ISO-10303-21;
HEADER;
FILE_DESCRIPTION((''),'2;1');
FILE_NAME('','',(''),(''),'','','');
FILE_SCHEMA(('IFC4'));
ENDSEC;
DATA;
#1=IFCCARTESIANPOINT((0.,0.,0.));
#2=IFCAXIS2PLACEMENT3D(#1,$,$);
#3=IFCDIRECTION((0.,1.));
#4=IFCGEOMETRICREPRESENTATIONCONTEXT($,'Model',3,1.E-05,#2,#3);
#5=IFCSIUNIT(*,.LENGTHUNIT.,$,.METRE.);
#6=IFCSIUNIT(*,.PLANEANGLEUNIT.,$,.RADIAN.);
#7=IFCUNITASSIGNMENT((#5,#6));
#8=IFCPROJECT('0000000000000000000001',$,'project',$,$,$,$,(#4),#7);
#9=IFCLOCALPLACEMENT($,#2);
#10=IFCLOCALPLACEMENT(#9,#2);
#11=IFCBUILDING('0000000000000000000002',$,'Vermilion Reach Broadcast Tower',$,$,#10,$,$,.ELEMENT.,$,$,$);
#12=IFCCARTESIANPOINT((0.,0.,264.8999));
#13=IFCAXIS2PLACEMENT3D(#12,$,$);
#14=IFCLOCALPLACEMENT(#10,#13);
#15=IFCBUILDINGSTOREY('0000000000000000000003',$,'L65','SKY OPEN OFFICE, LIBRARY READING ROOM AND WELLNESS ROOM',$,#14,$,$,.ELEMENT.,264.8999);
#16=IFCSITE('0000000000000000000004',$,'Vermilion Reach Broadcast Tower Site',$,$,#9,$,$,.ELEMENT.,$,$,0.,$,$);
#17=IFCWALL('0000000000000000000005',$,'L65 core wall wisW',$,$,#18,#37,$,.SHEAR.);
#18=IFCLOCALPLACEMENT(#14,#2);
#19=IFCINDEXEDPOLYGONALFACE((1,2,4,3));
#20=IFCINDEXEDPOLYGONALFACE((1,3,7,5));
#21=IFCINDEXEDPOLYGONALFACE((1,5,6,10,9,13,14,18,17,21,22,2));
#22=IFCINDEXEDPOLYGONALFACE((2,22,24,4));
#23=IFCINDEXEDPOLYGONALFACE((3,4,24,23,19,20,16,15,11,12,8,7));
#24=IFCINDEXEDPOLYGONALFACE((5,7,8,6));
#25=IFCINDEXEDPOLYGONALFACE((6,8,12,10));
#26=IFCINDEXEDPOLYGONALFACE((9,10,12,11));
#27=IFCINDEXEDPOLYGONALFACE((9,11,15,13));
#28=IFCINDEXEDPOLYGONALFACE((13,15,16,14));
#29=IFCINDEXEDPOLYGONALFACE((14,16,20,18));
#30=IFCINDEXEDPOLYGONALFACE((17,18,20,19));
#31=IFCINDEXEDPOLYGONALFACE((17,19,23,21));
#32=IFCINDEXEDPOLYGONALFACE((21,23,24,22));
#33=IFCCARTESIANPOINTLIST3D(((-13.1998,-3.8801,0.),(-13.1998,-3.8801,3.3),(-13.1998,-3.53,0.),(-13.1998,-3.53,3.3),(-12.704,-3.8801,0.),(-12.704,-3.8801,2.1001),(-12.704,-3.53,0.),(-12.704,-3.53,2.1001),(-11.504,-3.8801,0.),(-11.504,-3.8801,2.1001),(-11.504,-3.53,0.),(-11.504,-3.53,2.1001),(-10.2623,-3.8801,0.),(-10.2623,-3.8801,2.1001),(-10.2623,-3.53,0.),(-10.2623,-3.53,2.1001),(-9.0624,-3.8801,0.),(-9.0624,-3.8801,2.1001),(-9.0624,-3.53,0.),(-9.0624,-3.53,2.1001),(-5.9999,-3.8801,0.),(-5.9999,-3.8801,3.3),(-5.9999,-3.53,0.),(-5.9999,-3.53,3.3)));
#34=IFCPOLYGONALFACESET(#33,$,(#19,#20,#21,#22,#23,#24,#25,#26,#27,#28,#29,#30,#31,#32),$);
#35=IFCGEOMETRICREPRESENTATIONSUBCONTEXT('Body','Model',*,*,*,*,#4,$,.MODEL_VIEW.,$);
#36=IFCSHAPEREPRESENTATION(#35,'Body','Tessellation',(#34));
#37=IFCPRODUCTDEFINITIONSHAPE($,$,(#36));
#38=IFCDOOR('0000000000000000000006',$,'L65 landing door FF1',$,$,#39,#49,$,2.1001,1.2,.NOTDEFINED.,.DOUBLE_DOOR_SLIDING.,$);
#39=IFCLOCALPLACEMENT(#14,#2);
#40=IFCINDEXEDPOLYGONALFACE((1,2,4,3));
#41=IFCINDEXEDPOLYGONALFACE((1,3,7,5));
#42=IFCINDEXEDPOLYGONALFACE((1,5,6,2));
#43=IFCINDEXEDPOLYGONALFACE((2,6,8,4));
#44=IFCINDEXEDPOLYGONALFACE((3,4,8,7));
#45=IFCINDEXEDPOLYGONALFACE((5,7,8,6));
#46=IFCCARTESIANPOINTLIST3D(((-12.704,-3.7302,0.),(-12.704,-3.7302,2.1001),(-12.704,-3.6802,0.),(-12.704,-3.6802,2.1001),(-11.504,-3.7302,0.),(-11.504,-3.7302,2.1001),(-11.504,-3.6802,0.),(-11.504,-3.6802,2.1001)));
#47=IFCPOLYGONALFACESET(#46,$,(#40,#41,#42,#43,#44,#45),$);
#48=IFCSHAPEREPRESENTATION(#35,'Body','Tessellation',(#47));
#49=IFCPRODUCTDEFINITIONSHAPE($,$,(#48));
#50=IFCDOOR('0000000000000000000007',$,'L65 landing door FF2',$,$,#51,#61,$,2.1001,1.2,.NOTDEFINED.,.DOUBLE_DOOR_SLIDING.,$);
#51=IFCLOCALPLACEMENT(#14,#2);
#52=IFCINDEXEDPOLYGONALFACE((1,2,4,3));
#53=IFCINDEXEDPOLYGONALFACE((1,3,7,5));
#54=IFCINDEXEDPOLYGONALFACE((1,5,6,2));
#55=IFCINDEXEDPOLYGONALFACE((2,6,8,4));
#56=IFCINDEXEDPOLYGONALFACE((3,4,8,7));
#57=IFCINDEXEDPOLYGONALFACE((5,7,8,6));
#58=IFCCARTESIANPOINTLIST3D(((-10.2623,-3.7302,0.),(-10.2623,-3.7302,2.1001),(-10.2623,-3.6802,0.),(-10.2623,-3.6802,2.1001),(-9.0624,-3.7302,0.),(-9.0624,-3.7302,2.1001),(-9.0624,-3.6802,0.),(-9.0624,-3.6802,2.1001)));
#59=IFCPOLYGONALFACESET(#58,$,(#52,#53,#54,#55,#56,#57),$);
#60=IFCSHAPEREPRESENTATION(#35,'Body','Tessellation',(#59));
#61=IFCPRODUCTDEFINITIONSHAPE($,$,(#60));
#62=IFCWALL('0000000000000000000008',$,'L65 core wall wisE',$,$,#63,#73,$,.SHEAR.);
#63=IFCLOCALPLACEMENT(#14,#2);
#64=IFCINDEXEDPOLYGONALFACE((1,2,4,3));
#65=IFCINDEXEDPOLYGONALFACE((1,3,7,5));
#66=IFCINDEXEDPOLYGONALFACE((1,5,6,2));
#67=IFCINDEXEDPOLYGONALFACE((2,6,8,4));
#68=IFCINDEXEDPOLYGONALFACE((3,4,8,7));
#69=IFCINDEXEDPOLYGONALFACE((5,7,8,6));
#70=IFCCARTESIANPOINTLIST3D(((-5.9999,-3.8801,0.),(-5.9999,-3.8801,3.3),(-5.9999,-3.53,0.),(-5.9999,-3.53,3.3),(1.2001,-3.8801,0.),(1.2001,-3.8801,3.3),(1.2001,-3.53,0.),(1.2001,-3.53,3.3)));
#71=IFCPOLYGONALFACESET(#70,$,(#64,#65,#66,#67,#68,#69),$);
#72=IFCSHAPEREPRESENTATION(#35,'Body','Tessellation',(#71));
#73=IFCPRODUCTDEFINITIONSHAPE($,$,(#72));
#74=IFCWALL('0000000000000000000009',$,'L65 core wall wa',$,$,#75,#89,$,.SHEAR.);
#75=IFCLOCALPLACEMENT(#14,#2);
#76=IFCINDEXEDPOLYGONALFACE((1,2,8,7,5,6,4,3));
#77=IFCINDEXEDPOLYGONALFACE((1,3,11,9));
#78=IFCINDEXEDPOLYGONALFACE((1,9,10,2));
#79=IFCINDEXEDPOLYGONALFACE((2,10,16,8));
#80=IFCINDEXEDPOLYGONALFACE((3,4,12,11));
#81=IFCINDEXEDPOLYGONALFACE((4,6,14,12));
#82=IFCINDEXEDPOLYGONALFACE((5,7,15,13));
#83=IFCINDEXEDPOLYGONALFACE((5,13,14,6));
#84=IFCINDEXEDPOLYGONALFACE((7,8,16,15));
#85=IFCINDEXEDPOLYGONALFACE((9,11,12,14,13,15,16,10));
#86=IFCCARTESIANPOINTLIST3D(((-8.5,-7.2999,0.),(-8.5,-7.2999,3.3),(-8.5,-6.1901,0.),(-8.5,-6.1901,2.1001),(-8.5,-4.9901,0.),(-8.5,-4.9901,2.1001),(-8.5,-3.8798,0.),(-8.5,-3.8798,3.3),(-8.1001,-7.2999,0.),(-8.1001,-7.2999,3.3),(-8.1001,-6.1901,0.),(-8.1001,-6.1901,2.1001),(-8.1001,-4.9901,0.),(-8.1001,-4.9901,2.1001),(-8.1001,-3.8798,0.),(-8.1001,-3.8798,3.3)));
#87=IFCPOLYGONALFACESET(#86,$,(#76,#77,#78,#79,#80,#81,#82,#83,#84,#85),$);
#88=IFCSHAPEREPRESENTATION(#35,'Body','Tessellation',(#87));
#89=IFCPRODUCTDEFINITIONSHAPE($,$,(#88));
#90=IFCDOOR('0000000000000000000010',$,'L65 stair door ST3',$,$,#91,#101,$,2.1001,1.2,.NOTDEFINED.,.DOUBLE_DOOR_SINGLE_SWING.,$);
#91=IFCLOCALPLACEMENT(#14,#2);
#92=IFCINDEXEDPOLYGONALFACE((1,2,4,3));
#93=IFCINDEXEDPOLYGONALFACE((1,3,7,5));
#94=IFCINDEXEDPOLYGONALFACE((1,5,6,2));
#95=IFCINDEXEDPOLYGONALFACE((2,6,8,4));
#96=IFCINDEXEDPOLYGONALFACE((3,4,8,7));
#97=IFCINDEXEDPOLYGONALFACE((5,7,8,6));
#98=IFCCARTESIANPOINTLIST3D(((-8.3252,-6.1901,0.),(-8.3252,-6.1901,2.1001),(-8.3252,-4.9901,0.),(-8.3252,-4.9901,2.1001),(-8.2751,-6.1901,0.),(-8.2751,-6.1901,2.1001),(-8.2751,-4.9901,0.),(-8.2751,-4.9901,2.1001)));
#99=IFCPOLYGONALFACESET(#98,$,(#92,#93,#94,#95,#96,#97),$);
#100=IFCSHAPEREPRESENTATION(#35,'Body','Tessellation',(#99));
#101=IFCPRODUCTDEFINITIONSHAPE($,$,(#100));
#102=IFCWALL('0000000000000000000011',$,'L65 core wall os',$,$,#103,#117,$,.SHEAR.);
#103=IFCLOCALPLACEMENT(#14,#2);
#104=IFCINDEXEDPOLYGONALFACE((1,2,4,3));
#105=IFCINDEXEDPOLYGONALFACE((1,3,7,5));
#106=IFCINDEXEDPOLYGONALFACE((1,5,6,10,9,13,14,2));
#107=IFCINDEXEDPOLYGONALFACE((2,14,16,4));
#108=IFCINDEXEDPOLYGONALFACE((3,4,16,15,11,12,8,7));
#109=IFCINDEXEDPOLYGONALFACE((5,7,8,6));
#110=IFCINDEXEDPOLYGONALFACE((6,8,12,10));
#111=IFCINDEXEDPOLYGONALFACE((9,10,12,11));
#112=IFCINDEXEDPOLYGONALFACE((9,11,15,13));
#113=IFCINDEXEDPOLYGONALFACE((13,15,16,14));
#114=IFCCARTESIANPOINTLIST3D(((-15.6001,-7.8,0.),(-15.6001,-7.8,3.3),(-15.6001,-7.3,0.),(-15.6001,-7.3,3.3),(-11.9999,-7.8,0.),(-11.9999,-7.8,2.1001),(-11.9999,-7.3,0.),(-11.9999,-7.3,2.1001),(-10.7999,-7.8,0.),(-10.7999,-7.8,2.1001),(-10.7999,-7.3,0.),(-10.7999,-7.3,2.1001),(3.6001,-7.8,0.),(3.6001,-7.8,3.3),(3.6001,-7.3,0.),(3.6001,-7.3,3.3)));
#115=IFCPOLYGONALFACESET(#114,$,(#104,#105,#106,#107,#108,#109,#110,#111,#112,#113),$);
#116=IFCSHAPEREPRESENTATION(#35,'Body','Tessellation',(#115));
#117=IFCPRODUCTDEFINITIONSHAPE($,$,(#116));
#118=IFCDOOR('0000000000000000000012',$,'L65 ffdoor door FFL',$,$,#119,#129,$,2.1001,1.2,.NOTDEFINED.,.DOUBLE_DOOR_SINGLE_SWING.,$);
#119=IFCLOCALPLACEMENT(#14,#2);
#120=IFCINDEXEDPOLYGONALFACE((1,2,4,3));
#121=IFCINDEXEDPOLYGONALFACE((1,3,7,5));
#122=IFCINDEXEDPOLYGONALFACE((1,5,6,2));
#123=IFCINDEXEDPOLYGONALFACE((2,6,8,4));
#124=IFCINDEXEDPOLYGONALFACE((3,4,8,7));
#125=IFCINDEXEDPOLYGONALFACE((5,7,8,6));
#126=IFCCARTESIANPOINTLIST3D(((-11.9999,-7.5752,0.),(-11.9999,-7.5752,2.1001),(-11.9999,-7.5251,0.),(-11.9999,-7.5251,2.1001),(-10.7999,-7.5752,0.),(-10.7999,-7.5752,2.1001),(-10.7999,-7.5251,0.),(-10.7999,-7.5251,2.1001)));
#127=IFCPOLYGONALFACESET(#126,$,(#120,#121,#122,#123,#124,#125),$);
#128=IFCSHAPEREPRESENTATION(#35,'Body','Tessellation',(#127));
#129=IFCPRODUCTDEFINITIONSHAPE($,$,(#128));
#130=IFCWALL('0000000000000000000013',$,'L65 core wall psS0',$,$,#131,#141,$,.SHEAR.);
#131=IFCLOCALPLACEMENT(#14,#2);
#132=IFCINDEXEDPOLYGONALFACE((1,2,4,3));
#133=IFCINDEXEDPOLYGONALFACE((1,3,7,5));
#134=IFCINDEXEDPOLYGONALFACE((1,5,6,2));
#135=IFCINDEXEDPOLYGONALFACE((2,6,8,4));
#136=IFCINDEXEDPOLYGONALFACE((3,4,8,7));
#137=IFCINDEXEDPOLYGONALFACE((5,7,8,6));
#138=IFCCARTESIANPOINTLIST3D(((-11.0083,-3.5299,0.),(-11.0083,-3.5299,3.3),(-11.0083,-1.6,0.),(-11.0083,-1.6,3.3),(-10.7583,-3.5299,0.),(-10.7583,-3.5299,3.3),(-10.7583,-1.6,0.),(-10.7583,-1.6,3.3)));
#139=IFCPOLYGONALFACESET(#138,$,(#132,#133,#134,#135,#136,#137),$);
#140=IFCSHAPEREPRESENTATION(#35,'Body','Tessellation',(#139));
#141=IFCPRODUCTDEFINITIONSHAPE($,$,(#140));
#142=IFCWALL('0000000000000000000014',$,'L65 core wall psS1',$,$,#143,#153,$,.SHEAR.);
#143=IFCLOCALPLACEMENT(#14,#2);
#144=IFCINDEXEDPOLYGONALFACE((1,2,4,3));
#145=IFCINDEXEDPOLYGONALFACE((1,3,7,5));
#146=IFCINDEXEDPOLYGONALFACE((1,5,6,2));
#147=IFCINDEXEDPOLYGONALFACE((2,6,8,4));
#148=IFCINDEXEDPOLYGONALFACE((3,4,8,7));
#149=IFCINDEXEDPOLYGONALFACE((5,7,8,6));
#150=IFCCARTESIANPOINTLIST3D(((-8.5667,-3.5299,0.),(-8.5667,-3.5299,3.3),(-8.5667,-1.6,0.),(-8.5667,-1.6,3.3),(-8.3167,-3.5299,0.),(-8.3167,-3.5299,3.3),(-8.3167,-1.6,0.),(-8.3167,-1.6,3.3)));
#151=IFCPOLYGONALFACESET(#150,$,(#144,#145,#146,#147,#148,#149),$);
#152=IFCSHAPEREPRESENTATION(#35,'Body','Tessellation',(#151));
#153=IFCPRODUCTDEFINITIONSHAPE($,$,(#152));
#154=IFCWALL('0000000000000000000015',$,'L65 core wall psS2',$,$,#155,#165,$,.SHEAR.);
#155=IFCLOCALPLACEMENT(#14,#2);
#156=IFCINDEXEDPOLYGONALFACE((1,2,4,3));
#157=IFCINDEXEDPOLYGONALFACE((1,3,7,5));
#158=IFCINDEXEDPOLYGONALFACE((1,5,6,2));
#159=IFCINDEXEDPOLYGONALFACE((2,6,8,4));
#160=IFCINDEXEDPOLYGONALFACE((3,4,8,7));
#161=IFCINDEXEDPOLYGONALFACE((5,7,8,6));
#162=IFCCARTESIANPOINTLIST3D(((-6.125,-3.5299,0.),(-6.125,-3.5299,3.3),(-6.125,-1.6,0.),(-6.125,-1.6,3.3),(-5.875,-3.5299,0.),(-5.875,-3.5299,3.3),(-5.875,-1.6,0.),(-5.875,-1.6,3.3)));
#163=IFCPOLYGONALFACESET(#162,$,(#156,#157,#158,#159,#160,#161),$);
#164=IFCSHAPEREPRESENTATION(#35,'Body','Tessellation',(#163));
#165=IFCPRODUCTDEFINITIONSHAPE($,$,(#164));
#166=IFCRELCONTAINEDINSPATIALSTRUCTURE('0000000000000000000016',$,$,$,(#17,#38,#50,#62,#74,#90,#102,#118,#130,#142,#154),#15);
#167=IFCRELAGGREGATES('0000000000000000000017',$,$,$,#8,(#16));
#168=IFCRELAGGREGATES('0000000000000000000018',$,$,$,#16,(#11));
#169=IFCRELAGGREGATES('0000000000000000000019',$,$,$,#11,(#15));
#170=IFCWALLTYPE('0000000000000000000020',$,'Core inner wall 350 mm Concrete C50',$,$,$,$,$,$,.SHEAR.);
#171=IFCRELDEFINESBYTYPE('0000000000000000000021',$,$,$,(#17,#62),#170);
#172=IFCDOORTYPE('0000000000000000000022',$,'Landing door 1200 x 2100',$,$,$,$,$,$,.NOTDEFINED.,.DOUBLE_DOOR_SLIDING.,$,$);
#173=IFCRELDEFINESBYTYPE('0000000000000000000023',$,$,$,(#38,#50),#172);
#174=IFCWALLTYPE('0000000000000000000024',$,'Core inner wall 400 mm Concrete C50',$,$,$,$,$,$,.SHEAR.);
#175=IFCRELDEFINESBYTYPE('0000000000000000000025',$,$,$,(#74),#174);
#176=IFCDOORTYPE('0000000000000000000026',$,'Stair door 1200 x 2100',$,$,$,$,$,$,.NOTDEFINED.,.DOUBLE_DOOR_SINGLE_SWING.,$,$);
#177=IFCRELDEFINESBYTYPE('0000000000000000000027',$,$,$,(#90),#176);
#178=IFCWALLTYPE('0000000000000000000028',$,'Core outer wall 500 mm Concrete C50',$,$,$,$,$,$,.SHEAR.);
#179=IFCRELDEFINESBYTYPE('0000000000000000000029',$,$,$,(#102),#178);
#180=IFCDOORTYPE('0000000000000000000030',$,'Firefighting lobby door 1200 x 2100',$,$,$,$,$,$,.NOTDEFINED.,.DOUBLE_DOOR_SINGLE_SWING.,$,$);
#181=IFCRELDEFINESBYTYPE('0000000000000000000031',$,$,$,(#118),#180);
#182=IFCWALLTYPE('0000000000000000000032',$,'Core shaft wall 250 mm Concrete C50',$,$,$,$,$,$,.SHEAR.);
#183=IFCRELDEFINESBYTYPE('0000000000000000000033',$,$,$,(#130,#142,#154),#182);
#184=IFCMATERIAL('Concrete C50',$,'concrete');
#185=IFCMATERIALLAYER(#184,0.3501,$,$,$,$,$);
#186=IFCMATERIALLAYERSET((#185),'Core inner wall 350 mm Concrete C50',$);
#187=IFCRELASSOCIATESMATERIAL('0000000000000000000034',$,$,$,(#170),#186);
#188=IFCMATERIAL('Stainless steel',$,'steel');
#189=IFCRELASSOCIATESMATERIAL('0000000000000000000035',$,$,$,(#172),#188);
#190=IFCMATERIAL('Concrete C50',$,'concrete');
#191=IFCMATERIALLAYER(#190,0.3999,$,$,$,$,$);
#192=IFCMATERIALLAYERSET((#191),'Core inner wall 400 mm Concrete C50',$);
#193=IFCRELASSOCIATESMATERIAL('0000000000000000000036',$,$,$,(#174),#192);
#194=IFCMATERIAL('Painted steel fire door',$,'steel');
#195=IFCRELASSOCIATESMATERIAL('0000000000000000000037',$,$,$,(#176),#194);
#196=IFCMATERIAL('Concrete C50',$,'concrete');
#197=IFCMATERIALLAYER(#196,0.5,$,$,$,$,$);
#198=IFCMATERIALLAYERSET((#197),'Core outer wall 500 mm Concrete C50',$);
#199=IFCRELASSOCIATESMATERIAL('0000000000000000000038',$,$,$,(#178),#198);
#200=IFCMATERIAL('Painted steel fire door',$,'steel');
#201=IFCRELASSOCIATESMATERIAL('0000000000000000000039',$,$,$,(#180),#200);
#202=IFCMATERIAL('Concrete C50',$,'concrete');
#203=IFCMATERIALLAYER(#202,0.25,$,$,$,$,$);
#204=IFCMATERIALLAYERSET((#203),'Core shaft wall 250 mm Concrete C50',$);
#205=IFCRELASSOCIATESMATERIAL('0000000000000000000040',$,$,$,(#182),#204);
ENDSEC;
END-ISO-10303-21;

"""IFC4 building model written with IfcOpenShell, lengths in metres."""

from ifc_helpers import new_model, si_unit, direction, frame, frame_2d, origin, place, context, subcontext, project, spatial, rectangle, extrude, material, layer, layer_set, type_object, element, fill, save


model = new_model("IFC4")

# Units and contexts
model_context = context("Model", 3, precision=1e-05, world=origin(), true_north=direction((0.0, 1.0)))
body_context = subcontext(model_context, "Body", "Model", "MODEL_VIEW")
ifc_project = project(units=[si_unit("LENGTHUNIT", "METRE"), si_unit("PLANEANGLEUNIT", "RADIAN")], contexts=[model_context])

# Site, building, storey
site_placement = place(None, origin())
site = spatial("IfcSite", under=ifc_project, at=site_placement, Name="Vermilion Reach Broadcast Tower Site", CompositionType="ELEMENT", RefElevation=0.0)
building_placement = place(site_placement, origin())
building = spatial("IfcBuilding", under=site, at=building_placement, Name="Vermilion Reach Broadcast Tower", CompositionType="ELEMENT")
storey_placement = place(building_placement, frame((0.0, 0.0, 264.8999)))
storey = spatial("IfcBuildingStorey", under=building, at=storey_placement, Name="L65", Description="SKY OPEN OFFICE, LIBRARY READING ROOM AND WELLNESS ROOM", CompositionType="ELEMENT", Elevation=264.8999)

# Wall, openings, doors
ifc_material_1 = material(Name="Concrete C50", Category="concrete")
ifc_layer_1 = layer(ifc_material_1, 0.3501)
ifc_layer_set_1 = layer_set([ifc_layer_1], Name="Core inner wall 350 mm Concrete C50")
wall_type_1 = type_object("IfcWallType", Name="Core inner wall 350 mm Concrete C50", PredefinedType="SHEAR", material=ifc_layer_set_1)
wall_1_placement = place(storey_placement, frame((-13.2, -3.7051, 0.0), z_axis=(0.0, 0.0, 1.0), x_axis=(1.0, 0.0, 0.0)))
wall_1 = element("IfcWall", 1, at=wall_1_placement, inside=storey, type_object=wall_type_1, Name="L65 core wall wisW", PredefinedType="SHEAR", context=body_context, shape_type="SweptSolid", body=[
    extrude(rectangle(XDim=7.2, YDim=0.3501, at=frame_2d((3.6001, 0.0))), origin(), (0.0, 0.0, 1.0), 3.3),
])
opening_1_placement = place(wall_1_placement, frame((0.4958, 0.0, 0.0)))
opening_1 = element("IfcOpeningElement", 2, at=opening_1_placement, cuts=wall_1, PredefinedType="OPENING", context=body_context, shape_type="SweptSolid", body=[
    extrude(rectangle(XDim=1.2, YDim=2.1001, at=frame_2d((0.6001, 1.05))), frame((0.0, 0.1851, 0.0), z_axis=(0.0, -1.0, 0.0), x_axis=(1.0, 0.0, 0.0)), (0.0, 0.0, 1.0), 0.3701),
])
opening_2_placement = place(wall_1_placement, frame((2.9375, 0.0, 0.0)))
opening_2 = element("IfcOpeningElement", 3, at=opening_2_placement, cuts=wall_1, PredefinedType="OPENING", context=body_context, shape_type="SweptSolid", body=[
    extrude(rectangle(XDim=1.2, YDim=2.1001, at=frame_2d((0.6001, 1.05))), frame((0.0, 0.1851, 0.0), z_axis=(0.0, -1.0, 0.0), x_axis=(1.0, 0.0, 0.0)), (0.0, 0.0, 1.0), 0.3701),
])
ifc_material_2 = material(Name="Stainless steel", Category="steel")
door_type_1 = type_object("IfcDoorType", Name="Landing door 1200 x 2100", OperationType="DOUBLE_DOOR_SLIDING", PredefinedType="NOTDEFINED", material=ifc_material_2)
door_1_placement = place(opening_1_placement, origin())
door_1 = element("IfcDoor", 4, at=door_1_placement, inside=storey, type_object=door_type_1, Name="L65 landing door FF1", OperationType="DOUBLE_DOOR_SLIDING", OverallHeight=2.1001, OverallWidth=1.2, PredefinedType="NOTDEFINED", context=body_context, shape_type="SweptSolid", body=[
    extrude(rectangle(XDim=1.2, YDim=2.1001, at=frame_2d((0.6001, 1.05))), frame((0.0, 0.0249, 0.0), z_axis=(0.0, -1.0, 0.0), x_axis=(1.0, 0.0, 0.0)), (0.0, 0.0, 1.0), 0.05),
])
fill(opening_1, door_1)
door_2_placement = place(opening_2_placement, origin())
door_2 = element("IfcDoor", 5, at=door_2_placement, inside=storey, type_object=door_type_1, Name="L65 landing door FF2", OperationType="DOUBLE_DOOR_SLIDING", OverallHeight=2.1001, OverallWidth=1.2, PredefinedType="NOTDEFINED", context=body_context, shape_type="SweptSolid", body=[
    extrude(rectangle(XDim=1.2, YDim=2.1001, at=frame_2d((0.6001, 1.05))), frame((0.0, 0.0249, 0.0), z_axis=(0.0, -1.0, 0.0), x_axis=(1.0, 0.0, 0.0)), (0.0, 0.0, 1.0), 0.05),
])
fill(opening_2, door_2)

# Wall
wall_2_placement = place(storey_placement, frame((-6.0, -3.7051, 0.0), z_axis=(0.0, 0.0, 1.0), x_axis=(1.0, 0.0, 0.0)))
element("IfcWall", 6, at=wall_2_placement, inside=storey, type_object=wall_type_1, Name="L65 core wall wisE", PredefinedType="SHEAR", context=body_context, shape_type="SweptSolid", body=[
    extrude(rectangle(XDim=7.2, YDim=0.3501, at=frame_2d((3.6001, 0.0))), origin(), (0.0, 0.0, 1.0), 3.3),
])

# Walls, openings, doors
ifc_material_3 = material(Name="Concrete C50", Category="concrete")
ifc_layer_2 = layer(ifc_material_3, 0.3999)
ifc_layer_set_2 = layer_set([ifc_layer_2], Name="Core inner wall 400 mm Concrete C50")
wall_type_2 = type_object("IfcWallType", Name="Core inner wall 400 mm Concrete C50", PredefinedType="SHEAR", material=ifc_layer_set_2)
wall_3_placement = place(storey_placement, frame((-8.3, -3.8799, 0.0), z_axis=(0.0, 0.0, 1.0), x_axis=(0.0, -1.0, 0.0)))
wall_3 = element("IfcWall", 7, at=wall_3_placement, inside=storey, type_object=wall_type_2, Name="L65 core wall wa", PredefinedType="SHEAR", context=body_context, shape_type="SweptSolid", body=[
    extrude(rectangle(XDim=3.4202, YDim=0.3999, at=frame_2d((1.71, 0.0))), origin(), (0.0, 0.0, 1.0), 3.3),
])
opening_3_placement = place(wall_3_placement, frame((1.1101, 0.0, 0.0)))
opening_3 = element("IfcOpeningElement", 8, at=opening_3_placement, cuts=wall_3, PredefinedType="OPENING", context=body_context, shape_type="SweptSolid", body=[
    extrude(rectangle(XDim=1.2, YDim=2.1001, at=frame_2d((0.6001, 1.05))), frame((0.0, 0.21, 0.0), z_axis=(0.0, -1.0, 0.0), x_axis=(1.0, 0.0, 0.0)), (0.0, 0.0, 1.0), 0.4199),
])
ifc_material_4 = material(Name="Painted steel fire door", Category="steel")
door_type_2 = type_object("IfcDoorType", Name="Stair door 1200 x 2100", OperationType="DOUBLE_DOOR_SINGLE_SWING", PredefinedType="NOTDEFINED", material=ifc_material_4)
door_3_placement = place(opening_3_placement, origin())
door_3 = element("IfcDoor", 9, at=door_3_placement, inside=storey, type_object=door_type_2, Name="L65 stair door ST3", OperationType="DOUBLE_DOOR_SINGLE_SWING", OverallHeight=2.1001, OverallWidth=1.2, PredefinedType="NOTDEFINED", context=body_context, shape_type="SweptSolid", body=[
    extrude(rectangle(XDim=1.2, YDim=2.1001, at=frame_2d((0.6001, 1.05))), frame((0.0, 0.0249, 0.0), z_axis=(0.0, -1.0, 0.0), x_axis=(1.0, 0.0, 0.0)), (0.0, 0.0, 1.0), 0.05),
])
fill(opening_3, door_3)
ifc_material_5 = material(Name="Concrete C50", Category="concrete")
ifc_layer_3 = layer(ifc_material_5, 0.5)
ifc_layer_set_3 = layer_set([ifc_layer_3], Name="Core outer wall 500 mm Concrete C50")
wall_type_3 = type_object("IfcWallType", Name="Core outer wall 500 mm Concrete C50", PredefinedType="SHEAR", material=ifc_layer_set_3)
wall_4_placement = place(storey_placement, frame((-15.6001, -7.55, 0.0), z_axis=(0.0, 0.0, 1.0), x_axis=(1.0, 0.0, 0.0)))
wall_4 = element("IfcWall", 10, at=wall_4_placement, inside=storey, type_object=wall_type_3, Name="L65 core wall os", PredefinedType="SHEAR", context=body_context, shape_type="SweptSolid", body=[
    extrude(rectangle(XDim=19.2002, YDim=0.5, at=frame_2d((9.6001, 0.0))), origin(), (0.0, 0.0, 1.0), 3.3),
])
opening_4_placement = place(wall_4_placement, frame((3.6001, 0.0, 0.0)))
opening_4 = element("IfcOpeningElement", 11, at=opening_4_placement, cuts=wall_4, PredefinedType="OPENING", context=body_context, shape_type="SweptSolid", body=[
    extrude(rectangle(XDim=1.2, YDim=2.1001, at=frame_2d((0.6001, 1.05))), frame((0.0, 0.26, 0.0), z_axis=(0.0, -1.0, 0.0), x_axis=(1.0, 0.0, 0.0)), (0.0, 0.0, 1.0), 0.52),
])
ifc_material_6 = material(Name="Painted steel fire door", Category="steel")
door_type_3 = type_object("IfcDoorType", Name="Firefighting lobby door 1200 x 2100", OperationType="DOUBLE_DOOR_SINGLE_SWING", PredefinedType="NOTDEFINED", material=ifc_material_6)
door_4_placement = place(opening_4_placement, origin())
door_4 = element("IfcDoor", 12, at=door_4_placement, inside=storey, type_object=door_type_3, Name="L65 ffdoor door FFL", OperationType="DOUBLE_DOOR_SINGLE_SWING", OverallHeight=2.1001, OverallWidth=1.2, PredefinedType="NOTDEFINED", context=body_context, shape_type="SweptSolid", body=[
    extrude(rectangle(XDim=1.2, YDim=2.1001, at=frame_2d((0.6001, 1.05))), frame((0.0, 0.0249, 0.0), z_axis=(0.0, -1.0, 0.0), x_axis=(1.0, 0.0, 0.0)), (0.0, 0.0, 1.0), 0.05),
])
fill(opening_4, door_4)

# Walls
ifc_material_7 = material(Name="Concrete C50", Category="concrete")
ifc_layer_4 = layer(ifc_material_7, 0.25)
ifc_layer_set_4 = layer_set([ifc_layer_4], Name="Core shaft wall 250 mm Concrete C50")
wall_type_4 = type_object("IfcWallType", Name="Core shaft wall 250 mm Concrete C50", PredefinedType="SHEAR", material=ifc_layer_set_4)
for number, where, z_axis, x_axis, name in (
    (13, (-10.8833, -1.6001, 0.0), (0.0, 0.0, 1.0), (0.0, -1.0, 0.0), "L65 core wall psS0"),
    (14, (-8.4417, -1.6001, 0.0), (0.0, 0.0, 1.0), (0.0, -1.0, 0.0), "L65 core wall psS1"),
    (15, (-6.0, -1.6001, 0.0), (0.0, 0.0, 1.0), (0.0, -1.0, 0.0), "L65 core wall psS2"),
):
    element("IfcWall", number, at=place(storey_placement, frame(where, z_axis=z_axis, x_axis=x_axis)), inside=storey, type_object=wall_type_4, Name=name, PredefinedType="SHEAR", context=body_context, shape_type="SweptSolid", body=[
        extrude(rectangle(XDim=1.9299, YDim=0.25, at=frame_2d((0.9648, 0.0))), origin(), (0.0, 0.0, 1.0), 3.3),
    ])

save(model, "model.ifc")
